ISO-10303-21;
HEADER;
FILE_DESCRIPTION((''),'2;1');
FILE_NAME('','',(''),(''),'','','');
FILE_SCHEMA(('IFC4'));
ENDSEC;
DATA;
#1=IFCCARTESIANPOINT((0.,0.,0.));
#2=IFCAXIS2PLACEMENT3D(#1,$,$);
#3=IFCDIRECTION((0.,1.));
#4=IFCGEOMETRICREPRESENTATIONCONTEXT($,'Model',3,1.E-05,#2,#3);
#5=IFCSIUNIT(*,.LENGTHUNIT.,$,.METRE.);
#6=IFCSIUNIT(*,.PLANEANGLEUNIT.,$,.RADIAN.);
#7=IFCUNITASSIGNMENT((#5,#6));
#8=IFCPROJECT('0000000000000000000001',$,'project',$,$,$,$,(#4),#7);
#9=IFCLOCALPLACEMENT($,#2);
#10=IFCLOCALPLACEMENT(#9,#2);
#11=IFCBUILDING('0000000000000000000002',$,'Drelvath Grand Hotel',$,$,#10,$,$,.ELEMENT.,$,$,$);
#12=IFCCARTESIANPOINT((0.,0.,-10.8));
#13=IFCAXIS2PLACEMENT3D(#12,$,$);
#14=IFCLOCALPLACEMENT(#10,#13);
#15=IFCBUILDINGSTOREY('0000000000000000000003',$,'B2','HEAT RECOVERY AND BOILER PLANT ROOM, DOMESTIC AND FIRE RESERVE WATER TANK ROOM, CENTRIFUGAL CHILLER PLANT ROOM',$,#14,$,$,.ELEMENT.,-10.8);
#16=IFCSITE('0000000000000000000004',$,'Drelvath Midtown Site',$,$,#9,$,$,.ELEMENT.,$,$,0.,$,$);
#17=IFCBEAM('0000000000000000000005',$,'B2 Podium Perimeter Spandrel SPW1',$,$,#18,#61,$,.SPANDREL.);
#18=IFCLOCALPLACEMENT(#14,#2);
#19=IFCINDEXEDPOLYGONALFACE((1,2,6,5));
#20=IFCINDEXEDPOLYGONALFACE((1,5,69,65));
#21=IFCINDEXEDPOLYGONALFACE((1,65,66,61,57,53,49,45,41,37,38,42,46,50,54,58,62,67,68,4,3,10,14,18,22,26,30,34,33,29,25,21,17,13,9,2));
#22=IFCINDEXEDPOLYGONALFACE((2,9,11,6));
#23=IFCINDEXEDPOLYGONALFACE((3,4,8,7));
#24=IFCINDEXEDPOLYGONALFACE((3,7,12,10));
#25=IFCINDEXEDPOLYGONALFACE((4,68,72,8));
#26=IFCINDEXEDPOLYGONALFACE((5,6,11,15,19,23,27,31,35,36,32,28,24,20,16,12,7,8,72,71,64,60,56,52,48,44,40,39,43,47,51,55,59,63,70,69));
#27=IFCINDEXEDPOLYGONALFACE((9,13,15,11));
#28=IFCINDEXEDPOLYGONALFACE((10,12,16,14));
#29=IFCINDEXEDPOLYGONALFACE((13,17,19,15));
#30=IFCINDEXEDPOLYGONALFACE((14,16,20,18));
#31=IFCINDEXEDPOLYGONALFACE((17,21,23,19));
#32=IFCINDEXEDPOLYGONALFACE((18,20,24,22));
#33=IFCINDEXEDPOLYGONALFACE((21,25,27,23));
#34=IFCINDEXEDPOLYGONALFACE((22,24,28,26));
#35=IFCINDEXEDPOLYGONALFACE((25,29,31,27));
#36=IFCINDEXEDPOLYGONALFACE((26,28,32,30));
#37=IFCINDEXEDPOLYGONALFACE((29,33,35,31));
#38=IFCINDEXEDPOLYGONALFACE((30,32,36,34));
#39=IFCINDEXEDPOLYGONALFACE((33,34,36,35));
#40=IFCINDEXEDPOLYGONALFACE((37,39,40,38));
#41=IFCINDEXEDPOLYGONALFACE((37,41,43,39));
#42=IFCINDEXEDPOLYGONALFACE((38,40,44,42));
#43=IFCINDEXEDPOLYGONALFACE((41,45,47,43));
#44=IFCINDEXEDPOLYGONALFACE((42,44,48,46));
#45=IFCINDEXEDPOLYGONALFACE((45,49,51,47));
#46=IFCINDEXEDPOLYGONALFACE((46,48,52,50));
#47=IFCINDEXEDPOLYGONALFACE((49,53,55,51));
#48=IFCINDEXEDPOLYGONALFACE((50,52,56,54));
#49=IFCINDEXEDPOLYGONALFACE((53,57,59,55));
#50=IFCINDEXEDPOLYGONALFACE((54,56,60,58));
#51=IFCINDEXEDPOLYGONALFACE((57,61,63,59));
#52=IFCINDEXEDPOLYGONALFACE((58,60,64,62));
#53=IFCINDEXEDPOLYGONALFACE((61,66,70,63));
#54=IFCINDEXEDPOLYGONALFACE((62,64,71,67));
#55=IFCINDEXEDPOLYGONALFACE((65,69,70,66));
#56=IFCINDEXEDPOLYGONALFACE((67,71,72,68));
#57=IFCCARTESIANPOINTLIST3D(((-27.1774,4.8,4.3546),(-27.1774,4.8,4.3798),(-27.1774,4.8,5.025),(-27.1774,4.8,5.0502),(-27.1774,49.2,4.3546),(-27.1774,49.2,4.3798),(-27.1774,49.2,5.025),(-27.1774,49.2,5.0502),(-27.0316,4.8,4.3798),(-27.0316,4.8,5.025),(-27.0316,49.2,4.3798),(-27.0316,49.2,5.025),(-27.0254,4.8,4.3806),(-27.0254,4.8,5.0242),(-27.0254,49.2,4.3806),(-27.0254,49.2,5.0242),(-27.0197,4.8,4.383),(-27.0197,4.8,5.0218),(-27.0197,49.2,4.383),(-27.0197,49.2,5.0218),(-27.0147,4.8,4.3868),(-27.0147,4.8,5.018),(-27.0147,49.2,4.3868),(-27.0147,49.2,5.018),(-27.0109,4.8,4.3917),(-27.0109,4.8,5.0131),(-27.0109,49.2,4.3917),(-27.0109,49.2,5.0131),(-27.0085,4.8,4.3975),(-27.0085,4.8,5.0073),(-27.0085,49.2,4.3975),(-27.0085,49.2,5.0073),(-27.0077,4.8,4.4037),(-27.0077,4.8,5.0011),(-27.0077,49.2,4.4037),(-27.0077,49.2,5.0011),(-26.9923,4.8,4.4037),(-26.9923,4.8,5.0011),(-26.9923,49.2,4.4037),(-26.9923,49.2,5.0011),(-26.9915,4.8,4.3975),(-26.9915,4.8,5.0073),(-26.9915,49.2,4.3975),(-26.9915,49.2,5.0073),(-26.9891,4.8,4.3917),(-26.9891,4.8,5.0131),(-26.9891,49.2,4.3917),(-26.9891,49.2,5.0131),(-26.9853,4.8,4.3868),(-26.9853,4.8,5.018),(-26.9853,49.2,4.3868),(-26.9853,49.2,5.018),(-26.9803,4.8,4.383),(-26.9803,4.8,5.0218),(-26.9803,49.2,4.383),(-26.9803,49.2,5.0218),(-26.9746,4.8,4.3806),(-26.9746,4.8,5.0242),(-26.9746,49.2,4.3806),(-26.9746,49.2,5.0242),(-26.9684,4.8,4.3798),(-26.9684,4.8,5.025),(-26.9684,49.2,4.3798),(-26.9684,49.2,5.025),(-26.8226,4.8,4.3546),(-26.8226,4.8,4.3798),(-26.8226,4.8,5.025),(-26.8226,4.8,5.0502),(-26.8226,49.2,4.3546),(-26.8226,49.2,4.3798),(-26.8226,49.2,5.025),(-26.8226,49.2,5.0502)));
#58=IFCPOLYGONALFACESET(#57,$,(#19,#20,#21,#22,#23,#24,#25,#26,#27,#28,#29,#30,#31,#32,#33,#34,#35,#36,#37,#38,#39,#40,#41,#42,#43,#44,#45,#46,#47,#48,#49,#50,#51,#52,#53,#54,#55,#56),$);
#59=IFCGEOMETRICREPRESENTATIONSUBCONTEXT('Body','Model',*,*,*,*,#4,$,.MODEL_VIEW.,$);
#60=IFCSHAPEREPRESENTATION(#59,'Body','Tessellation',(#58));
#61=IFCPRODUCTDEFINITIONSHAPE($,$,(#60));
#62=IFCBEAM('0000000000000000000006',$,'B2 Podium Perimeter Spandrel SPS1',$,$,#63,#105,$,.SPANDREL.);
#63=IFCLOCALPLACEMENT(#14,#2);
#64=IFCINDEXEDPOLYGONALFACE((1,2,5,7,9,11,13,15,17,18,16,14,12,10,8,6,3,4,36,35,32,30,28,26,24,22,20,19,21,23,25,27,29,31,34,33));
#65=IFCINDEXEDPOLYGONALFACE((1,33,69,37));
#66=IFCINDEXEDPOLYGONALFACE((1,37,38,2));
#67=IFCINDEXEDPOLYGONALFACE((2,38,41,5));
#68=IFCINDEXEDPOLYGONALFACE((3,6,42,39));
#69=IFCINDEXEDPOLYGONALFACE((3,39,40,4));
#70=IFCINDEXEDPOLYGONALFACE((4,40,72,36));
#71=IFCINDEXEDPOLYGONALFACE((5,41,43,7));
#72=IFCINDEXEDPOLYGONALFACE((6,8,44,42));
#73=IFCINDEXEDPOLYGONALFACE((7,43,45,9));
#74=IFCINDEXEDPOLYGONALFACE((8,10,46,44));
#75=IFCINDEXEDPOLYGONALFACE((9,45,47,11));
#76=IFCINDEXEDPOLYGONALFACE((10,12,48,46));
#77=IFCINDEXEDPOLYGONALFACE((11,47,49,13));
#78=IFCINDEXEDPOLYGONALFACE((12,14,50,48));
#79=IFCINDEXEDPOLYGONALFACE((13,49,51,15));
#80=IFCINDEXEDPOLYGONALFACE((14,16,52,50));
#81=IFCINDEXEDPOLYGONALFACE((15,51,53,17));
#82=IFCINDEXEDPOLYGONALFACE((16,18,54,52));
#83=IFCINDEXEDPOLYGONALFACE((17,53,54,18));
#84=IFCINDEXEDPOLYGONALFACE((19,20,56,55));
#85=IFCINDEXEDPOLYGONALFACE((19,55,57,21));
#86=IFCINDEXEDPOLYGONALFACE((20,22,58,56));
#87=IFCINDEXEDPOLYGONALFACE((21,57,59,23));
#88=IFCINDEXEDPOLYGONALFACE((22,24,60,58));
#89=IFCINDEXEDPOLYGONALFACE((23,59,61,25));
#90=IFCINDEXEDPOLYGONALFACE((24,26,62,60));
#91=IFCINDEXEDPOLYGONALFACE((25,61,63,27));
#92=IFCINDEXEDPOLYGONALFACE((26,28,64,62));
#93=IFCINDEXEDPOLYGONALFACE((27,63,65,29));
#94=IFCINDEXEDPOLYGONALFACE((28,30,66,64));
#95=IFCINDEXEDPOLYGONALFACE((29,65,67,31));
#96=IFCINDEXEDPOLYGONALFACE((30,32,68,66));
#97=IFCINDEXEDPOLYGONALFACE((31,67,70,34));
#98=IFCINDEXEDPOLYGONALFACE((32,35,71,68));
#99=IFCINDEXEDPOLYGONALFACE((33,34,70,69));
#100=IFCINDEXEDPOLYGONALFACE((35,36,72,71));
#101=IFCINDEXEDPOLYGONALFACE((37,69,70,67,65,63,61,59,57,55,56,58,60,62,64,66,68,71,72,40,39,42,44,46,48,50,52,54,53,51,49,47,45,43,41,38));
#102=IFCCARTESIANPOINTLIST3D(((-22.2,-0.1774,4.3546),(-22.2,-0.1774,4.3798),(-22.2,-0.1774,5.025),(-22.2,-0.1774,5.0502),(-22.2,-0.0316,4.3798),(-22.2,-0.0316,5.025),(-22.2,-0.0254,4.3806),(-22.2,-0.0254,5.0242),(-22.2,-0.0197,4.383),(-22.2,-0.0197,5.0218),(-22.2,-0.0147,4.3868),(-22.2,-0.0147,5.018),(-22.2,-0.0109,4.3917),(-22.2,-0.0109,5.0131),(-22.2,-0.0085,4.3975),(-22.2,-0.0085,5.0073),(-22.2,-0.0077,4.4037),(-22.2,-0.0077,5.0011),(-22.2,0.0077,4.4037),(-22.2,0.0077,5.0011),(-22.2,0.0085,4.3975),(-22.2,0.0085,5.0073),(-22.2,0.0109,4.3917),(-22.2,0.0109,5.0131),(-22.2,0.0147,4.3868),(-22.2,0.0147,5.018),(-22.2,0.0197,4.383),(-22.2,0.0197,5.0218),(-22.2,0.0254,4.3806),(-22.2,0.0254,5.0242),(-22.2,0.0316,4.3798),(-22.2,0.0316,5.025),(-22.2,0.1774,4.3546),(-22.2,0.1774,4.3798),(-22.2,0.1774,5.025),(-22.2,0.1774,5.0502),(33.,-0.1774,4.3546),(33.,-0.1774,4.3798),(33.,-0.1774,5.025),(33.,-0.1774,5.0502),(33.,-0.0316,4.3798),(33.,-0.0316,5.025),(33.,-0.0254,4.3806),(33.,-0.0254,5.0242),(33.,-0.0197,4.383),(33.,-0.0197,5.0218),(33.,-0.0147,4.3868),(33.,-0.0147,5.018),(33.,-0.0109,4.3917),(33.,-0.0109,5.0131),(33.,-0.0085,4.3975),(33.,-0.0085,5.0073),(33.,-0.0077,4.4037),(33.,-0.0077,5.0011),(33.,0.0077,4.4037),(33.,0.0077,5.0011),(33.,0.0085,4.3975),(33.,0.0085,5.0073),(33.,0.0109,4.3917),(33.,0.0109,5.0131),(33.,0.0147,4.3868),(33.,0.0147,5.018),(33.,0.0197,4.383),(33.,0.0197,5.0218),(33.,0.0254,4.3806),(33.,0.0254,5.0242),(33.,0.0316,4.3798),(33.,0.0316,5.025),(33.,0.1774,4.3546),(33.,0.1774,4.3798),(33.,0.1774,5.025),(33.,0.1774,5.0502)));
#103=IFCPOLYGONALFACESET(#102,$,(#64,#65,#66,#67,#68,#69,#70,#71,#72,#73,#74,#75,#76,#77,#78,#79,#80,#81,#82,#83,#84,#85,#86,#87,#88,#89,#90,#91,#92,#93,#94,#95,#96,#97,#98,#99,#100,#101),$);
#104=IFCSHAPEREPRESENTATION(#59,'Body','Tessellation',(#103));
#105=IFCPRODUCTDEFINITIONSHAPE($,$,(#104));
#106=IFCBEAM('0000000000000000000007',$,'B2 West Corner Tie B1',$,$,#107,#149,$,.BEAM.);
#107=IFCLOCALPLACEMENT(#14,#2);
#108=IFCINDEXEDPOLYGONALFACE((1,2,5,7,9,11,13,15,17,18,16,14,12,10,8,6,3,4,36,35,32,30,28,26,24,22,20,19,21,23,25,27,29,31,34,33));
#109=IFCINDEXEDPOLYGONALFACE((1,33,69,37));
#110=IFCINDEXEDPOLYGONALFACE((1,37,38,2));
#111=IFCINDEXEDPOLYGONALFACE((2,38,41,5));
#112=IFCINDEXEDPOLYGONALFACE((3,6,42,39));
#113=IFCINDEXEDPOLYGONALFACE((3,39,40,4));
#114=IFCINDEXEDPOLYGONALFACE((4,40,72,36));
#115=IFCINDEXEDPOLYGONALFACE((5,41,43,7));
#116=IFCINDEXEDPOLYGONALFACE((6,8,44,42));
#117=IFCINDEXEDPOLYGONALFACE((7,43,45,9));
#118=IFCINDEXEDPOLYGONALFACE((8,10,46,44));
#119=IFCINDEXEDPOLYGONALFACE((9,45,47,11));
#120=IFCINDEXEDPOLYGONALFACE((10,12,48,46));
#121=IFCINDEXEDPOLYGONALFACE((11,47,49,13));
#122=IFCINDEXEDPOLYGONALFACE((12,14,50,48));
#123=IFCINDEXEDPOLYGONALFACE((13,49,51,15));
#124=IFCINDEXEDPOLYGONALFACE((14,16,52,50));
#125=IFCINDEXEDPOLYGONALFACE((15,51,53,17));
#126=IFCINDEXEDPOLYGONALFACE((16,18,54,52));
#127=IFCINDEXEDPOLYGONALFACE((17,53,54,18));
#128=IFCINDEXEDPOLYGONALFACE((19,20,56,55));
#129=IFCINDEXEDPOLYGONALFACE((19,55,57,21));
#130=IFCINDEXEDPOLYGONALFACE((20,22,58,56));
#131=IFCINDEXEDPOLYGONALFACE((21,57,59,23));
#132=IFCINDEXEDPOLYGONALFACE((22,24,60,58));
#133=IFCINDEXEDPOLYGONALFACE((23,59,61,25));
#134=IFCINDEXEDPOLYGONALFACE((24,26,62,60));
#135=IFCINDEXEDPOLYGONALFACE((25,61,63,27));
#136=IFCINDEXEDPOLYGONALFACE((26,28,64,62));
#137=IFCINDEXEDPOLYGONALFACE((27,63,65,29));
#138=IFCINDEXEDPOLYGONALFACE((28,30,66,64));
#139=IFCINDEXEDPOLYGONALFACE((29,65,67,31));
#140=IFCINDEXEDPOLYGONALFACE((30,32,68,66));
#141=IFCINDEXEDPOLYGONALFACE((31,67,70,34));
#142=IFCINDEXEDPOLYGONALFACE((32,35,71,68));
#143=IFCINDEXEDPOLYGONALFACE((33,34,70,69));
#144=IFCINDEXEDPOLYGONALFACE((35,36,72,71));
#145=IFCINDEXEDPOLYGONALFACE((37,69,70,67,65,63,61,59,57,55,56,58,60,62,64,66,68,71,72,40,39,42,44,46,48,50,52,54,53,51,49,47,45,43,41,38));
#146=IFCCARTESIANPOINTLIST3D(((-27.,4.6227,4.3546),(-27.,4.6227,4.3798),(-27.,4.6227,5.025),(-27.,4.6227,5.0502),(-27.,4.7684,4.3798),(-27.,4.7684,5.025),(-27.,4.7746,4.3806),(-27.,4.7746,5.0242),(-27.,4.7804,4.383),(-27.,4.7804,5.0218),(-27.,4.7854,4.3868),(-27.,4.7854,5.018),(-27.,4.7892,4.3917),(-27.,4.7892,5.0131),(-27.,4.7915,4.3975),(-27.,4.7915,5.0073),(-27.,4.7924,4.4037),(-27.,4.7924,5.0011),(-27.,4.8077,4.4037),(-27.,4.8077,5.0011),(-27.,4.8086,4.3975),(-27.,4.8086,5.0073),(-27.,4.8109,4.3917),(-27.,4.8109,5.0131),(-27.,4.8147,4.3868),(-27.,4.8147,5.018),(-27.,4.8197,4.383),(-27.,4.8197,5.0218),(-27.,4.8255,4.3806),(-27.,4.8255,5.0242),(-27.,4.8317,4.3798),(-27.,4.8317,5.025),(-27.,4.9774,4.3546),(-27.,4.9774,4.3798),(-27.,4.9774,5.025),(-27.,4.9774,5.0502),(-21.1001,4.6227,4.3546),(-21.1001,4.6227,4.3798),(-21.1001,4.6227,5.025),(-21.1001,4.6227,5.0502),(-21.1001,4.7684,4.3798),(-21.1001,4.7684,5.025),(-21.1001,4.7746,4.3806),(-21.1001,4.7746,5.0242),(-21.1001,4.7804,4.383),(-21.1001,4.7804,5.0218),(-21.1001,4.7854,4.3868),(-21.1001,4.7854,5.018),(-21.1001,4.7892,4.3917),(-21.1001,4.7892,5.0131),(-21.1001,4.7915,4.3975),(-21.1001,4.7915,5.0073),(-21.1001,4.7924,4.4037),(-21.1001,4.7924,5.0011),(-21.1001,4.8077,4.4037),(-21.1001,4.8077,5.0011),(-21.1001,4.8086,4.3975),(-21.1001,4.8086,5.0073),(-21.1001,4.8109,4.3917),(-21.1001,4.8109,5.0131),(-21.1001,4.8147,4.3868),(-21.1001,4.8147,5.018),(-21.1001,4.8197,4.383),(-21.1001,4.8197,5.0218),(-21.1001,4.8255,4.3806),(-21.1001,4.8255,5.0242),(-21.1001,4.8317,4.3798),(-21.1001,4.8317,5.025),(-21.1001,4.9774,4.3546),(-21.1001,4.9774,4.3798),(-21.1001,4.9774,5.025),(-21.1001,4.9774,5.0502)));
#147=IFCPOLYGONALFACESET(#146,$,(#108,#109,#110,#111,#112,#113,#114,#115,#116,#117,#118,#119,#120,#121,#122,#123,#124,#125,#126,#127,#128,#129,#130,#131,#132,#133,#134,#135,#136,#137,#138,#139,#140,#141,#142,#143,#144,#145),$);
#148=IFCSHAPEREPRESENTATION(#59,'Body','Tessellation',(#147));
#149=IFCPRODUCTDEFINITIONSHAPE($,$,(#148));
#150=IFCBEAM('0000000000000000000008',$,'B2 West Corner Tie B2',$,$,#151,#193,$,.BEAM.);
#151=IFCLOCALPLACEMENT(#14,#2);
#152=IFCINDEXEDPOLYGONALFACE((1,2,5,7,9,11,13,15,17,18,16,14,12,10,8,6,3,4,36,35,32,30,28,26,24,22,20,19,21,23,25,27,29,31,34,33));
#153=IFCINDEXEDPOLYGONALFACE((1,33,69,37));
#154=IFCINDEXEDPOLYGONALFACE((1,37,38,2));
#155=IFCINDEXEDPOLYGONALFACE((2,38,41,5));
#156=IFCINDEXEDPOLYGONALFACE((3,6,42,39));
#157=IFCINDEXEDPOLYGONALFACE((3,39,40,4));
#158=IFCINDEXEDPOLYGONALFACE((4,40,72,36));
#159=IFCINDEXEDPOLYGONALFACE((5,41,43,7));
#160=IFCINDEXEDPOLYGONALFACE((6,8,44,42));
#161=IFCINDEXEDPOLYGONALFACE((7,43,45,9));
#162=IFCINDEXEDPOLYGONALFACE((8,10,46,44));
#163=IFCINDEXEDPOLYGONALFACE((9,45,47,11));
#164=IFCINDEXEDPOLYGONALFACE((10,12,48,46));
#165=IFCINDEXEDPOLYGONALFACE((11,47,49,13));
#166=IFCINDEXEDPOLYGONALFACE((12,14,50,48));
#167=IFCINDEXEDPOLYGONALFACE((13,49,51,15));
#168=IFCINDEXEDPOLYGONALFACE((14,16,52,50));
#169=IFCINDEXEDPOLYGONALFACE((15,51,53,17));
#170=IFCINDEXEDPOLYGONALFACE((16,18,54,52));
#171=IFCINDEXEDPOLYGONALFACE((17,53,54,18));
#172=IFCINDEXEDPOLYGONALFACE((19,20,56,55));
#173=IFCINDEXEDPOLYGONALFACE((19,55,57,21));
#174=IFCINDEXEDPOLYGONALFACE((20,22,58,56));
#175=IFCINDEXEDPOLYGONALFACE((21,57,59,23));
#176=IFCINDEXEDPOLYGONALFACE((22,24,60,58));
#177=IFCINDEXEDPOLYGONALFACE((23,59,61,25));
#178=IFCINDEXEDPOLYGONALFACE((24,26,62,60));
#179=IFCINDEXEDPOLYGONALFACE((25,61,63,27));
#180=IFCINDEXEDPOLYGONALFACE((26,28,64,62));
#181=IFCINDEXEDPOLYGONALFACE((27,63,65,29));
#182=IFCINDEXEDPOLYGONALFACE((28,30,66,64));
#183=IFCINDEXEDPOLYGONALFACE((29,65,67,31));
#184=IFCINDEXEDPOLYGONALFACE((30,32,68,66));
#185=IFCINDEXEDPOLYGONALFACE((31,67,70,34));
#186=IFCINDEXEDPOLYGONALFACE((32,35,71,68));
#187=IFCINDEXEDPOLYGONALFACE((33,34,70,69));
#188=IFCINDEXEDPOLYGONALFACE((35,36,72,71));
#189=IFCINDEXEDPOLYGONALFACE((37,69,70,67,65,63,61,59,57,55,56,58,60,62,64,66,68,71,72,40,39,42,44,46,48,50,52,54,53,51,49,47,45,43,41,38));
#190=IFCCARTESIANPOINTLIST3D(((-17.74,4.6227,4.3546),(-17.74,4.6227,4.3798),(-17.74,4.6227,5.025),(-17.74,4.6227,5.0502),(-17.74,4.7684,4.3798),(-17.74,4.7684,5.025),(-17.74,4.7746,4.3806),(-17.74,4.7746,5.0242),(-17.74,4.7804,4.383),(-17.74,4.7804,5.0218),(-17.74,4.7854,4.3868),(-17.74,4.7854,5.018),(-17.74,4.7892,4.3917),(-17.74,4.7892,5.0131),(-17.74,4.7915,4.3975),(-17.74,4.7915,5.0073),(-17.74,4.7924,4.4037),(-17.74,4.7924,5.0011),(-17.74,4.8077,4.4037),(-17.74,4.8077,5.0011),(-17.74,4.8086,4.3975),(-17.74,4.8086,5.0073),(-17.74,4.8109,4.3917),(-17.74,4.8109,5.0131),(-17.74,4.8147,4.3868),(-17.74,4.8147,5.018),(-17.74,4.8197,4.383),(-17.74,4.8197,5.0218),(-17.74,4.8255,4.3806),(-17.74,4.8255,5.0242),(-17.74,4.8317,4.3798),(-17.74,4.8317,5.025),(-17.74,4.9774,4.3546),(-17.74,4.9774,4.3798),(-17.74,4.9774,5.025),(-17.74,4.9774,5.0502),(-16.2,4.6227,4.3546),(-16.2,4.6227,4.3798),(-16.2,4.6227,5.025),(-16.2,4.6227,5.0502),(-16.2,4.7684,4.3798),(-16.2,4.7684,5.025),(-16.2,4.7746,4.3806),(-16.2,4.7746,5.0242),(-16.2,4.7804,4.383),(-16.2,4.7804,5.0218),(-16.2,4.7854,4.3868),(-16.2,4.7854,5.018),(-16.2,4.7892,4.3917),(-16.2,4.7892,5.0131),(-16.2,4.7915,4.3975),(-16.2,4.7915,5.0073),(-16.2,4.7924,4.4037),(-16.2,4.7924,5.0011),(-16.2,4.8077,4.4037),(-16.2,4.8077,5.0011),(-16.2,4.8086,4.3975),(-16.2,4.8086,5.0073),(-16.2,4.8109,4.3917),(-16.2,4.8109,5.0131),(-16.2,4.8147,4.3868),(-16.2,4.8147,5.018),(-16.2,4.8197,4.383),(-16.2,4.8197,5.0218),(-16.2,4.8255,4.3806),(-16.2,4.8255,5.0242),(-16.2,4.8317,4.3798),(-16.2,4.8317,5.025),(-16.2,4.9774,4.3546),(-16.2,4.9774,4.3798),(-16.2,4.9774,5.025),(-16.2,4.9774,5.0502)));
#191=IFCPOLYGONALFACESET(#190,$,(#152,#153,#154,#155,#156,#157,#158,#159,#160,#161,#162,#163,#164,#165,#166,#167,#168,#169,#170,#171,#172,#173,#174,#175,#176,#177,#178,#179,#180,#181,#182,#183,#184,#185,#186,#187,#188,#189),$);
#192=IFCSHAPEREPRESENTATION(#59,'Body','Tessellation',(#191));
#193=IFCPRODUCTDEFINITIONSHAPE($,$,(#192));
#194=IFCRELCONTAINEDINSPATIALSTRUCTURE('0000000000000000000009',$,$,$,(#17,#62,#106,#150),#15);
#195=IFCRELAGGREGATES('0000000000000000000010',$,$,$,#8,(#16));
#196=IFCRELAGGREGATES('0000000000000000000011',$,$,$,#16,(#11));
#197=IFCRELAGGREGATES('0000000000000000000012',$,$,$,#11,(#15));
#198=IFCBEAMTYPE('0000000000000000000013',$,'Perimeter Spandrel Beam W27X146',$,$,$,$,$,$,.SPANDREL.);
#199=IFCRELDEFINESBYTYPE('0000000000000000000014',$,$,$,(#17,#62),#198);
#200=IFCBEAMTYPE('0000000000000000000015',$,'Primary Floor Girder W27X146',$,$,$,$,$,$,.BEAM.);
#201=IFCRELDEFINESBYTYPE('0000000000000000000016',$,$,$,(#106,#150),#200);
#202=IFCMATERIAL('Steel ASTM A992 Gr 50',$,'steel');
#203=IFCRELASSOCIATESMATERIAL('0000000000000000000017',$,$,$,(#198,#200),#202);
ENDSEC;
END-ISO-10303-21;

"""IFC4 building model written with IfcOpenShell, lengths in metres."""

from ifc_helpers import new_model, si_unit, direction, frame, origin, origin_2d, place, context, subcontext, project, spatial, i_section, extrude, material, material_profile, profile_set, type_object, element, save


model = new_model("IFC4")

# Units and contexts
model_context = context("Model", 3, precision=1e-05, world=origin(), true_north=direction((0.0, 1.0)))
body_context = subcontext(model_context, "Body", "Model", "MODEL_VIEW")
ifc_project = project(units=[si_unit("LENGTHUNIT", "METRE"), si_unit("PLANEANGLEUNIT", "RADIAN")], contexts=[model_context])

# Site, building, storey
site_placement = place(None, origin())
site = spatial("IfcSite", under=ifc_project, at=site_placement, Name="Drelvath Midtown Site", CompositionType="ELEMENT", RefElevation=0.0)
building_placement = place(site_placement, origin())
building = spatial("IfcBuilding", under=site, at=building_placement, Name="Drelvath Grand Hotel", CompositionType="ELEMENT")
storey_placement = place(building_placement, frame((0.0, 0.0, -10.8)))
storey = spatial("IfcBuildingStorey", under=building, at=storey_placement, Name="B2", Description="HEAT RECOVERY AND BOILER PLANT ROOM, DOMESTIC AND FIRE RESERVE WATER TANK ROOM, CENTRIFUGAL CHILLER PLANT ROOM", CompositionType="ELEMENT", Elevation=-10.8)

# Beams
ifc_material_1 = material(Name="Steel ASTM A992 Gr 50", Category="steel")
ifc_material_profile_1 = material_profile(ifc_material_1, i_section(OverallWidth=0.3547, OverallDepth=0.6956, WebThickness=0.0154, FlangeThickness=0.0251, FilletRadius=0.0239, at=origin_2d()), Name="W27X146")
ifc_profile_set_1 = profile_set([ifc_material_profile_1], Name="Steel ASTM A992 Gr 50")
beam_type_1 = type_object("IfcBeamType", Name="Perimeter Spandrel Beam W27X146", PredefinedType="SPANDREL", material=ifc_profile_set_1)
beam_1_placement = place(storey_placement, frame((-27.0, 4.8, 4.7024), z_axis=(0.0, 1.0, 0.0), x_axis=(-1.0, 0.0, 0.0)))
element("IfcBeam", 1, at=beam_1_placement, inside=storey, type_object=beam_type_1, Name="B2 Podium Perimeter Spandrel SPW1", PredefinedType="SPANDREL", context=body_context, shape_type="SweptSolid", body=[
    extrude(i_section(OverallWidth=0.3547, OverallDepth=0.6956, WebThickness=0.0154, FlangeThickness=0.0251, FilletRadius=0.0239, at=origin_2d()), origin(), (0.0, 0.0, 1.0), 44.3999),
])
beam_2_placement = place(storey_placement, frame((-22.2, 0.0, 4.7024), z_axis=(1.0, 0.0, 0.0), x_axis=(0.0, 1.0, 0.0)))
element("IfcBeam", 2, at=beam_2_placement, inside=storey, type_object=beam_type_1, Name="B2 Podium Perimeter Spandrel SPS1", PredefinedType="SPANDREL", context=body_context, shape_type="SweptSolid", body=[
    extrude(i_section(OverallWidth=0.3547, OverallDepth=0.6956, WebThickness=0.0154, FlangeThickness=0.0251, FilletRadius=0.0239, at=origin_2d()), origin(), (0.0, 0.0, 1.0), 55.2),
])
ifc_material_profile_2 = material_profile(ifc_material_1, i_section(OverallWidth=0.3547, OverallDepth=0.6956, WebThickness=0.0154, FlangeThickness=0.0251, FilletRadius=0.0239, at=origin_2d()), Name="W27X146")
ifc_profile_set_2 = profile_set([ifc_material_profile_2], Name="Steel ASTM A992 Gr 50")
beam_type_2 = type_object("IfcBeamType", Name="Primary Floor Girder W27X146", PredefinedType="BEAM", material=ifc_profile_set_2)
beam_3_placement = place(storey_placement, frame((-27.0, 4.8, 4.7024), z_axis=(1.0, 0.0, 0.0), x_axis=(0.0, 1.0, 0.0)))
element("IfcBeam", 3, at=beam_3_placement, inside=storey, type_object=beam_type_2, Name="B2 West Corner Tie B1", PredefinedType="BEAM", context=body_context, shape_type="SweptSolid", body=[
    extrude(i_section(OverallWidth=0.3547, OverallDepth=0.6956, WebThickness=0.0154, FlangeThickness=0.0251, FilletRadius=0.0239, at=origin_2d()), origin(), (0.0, 0.0, 1.0), 5.8999),
])
beam_4_placement = place(storey_placement, frame((-17.74, 4.8, 4.7024), z_axis=(1.0, 0.0, 0.0), x_axis=(0.0, 1.0, 0.0)))
element("IfcBeam", 4, at=beam_4_placement, inside=storey, type_object=beam_type_2, Name="B2 West Corner Tie B2", PredefinedType="BEAM", context=body_context, shape_type="SweptSolid", body=[
    extrude(i_section(OverallWidth=0.3547, OverallDepth=0.6956, WebThickness=0.0154, FlangeThickness=0.0251, FilletRadius=0.0239, at=origin_2d()), origin(), (0.0, 0.0, 1.0), 1.54),
])

save(model, "model.ifc")
